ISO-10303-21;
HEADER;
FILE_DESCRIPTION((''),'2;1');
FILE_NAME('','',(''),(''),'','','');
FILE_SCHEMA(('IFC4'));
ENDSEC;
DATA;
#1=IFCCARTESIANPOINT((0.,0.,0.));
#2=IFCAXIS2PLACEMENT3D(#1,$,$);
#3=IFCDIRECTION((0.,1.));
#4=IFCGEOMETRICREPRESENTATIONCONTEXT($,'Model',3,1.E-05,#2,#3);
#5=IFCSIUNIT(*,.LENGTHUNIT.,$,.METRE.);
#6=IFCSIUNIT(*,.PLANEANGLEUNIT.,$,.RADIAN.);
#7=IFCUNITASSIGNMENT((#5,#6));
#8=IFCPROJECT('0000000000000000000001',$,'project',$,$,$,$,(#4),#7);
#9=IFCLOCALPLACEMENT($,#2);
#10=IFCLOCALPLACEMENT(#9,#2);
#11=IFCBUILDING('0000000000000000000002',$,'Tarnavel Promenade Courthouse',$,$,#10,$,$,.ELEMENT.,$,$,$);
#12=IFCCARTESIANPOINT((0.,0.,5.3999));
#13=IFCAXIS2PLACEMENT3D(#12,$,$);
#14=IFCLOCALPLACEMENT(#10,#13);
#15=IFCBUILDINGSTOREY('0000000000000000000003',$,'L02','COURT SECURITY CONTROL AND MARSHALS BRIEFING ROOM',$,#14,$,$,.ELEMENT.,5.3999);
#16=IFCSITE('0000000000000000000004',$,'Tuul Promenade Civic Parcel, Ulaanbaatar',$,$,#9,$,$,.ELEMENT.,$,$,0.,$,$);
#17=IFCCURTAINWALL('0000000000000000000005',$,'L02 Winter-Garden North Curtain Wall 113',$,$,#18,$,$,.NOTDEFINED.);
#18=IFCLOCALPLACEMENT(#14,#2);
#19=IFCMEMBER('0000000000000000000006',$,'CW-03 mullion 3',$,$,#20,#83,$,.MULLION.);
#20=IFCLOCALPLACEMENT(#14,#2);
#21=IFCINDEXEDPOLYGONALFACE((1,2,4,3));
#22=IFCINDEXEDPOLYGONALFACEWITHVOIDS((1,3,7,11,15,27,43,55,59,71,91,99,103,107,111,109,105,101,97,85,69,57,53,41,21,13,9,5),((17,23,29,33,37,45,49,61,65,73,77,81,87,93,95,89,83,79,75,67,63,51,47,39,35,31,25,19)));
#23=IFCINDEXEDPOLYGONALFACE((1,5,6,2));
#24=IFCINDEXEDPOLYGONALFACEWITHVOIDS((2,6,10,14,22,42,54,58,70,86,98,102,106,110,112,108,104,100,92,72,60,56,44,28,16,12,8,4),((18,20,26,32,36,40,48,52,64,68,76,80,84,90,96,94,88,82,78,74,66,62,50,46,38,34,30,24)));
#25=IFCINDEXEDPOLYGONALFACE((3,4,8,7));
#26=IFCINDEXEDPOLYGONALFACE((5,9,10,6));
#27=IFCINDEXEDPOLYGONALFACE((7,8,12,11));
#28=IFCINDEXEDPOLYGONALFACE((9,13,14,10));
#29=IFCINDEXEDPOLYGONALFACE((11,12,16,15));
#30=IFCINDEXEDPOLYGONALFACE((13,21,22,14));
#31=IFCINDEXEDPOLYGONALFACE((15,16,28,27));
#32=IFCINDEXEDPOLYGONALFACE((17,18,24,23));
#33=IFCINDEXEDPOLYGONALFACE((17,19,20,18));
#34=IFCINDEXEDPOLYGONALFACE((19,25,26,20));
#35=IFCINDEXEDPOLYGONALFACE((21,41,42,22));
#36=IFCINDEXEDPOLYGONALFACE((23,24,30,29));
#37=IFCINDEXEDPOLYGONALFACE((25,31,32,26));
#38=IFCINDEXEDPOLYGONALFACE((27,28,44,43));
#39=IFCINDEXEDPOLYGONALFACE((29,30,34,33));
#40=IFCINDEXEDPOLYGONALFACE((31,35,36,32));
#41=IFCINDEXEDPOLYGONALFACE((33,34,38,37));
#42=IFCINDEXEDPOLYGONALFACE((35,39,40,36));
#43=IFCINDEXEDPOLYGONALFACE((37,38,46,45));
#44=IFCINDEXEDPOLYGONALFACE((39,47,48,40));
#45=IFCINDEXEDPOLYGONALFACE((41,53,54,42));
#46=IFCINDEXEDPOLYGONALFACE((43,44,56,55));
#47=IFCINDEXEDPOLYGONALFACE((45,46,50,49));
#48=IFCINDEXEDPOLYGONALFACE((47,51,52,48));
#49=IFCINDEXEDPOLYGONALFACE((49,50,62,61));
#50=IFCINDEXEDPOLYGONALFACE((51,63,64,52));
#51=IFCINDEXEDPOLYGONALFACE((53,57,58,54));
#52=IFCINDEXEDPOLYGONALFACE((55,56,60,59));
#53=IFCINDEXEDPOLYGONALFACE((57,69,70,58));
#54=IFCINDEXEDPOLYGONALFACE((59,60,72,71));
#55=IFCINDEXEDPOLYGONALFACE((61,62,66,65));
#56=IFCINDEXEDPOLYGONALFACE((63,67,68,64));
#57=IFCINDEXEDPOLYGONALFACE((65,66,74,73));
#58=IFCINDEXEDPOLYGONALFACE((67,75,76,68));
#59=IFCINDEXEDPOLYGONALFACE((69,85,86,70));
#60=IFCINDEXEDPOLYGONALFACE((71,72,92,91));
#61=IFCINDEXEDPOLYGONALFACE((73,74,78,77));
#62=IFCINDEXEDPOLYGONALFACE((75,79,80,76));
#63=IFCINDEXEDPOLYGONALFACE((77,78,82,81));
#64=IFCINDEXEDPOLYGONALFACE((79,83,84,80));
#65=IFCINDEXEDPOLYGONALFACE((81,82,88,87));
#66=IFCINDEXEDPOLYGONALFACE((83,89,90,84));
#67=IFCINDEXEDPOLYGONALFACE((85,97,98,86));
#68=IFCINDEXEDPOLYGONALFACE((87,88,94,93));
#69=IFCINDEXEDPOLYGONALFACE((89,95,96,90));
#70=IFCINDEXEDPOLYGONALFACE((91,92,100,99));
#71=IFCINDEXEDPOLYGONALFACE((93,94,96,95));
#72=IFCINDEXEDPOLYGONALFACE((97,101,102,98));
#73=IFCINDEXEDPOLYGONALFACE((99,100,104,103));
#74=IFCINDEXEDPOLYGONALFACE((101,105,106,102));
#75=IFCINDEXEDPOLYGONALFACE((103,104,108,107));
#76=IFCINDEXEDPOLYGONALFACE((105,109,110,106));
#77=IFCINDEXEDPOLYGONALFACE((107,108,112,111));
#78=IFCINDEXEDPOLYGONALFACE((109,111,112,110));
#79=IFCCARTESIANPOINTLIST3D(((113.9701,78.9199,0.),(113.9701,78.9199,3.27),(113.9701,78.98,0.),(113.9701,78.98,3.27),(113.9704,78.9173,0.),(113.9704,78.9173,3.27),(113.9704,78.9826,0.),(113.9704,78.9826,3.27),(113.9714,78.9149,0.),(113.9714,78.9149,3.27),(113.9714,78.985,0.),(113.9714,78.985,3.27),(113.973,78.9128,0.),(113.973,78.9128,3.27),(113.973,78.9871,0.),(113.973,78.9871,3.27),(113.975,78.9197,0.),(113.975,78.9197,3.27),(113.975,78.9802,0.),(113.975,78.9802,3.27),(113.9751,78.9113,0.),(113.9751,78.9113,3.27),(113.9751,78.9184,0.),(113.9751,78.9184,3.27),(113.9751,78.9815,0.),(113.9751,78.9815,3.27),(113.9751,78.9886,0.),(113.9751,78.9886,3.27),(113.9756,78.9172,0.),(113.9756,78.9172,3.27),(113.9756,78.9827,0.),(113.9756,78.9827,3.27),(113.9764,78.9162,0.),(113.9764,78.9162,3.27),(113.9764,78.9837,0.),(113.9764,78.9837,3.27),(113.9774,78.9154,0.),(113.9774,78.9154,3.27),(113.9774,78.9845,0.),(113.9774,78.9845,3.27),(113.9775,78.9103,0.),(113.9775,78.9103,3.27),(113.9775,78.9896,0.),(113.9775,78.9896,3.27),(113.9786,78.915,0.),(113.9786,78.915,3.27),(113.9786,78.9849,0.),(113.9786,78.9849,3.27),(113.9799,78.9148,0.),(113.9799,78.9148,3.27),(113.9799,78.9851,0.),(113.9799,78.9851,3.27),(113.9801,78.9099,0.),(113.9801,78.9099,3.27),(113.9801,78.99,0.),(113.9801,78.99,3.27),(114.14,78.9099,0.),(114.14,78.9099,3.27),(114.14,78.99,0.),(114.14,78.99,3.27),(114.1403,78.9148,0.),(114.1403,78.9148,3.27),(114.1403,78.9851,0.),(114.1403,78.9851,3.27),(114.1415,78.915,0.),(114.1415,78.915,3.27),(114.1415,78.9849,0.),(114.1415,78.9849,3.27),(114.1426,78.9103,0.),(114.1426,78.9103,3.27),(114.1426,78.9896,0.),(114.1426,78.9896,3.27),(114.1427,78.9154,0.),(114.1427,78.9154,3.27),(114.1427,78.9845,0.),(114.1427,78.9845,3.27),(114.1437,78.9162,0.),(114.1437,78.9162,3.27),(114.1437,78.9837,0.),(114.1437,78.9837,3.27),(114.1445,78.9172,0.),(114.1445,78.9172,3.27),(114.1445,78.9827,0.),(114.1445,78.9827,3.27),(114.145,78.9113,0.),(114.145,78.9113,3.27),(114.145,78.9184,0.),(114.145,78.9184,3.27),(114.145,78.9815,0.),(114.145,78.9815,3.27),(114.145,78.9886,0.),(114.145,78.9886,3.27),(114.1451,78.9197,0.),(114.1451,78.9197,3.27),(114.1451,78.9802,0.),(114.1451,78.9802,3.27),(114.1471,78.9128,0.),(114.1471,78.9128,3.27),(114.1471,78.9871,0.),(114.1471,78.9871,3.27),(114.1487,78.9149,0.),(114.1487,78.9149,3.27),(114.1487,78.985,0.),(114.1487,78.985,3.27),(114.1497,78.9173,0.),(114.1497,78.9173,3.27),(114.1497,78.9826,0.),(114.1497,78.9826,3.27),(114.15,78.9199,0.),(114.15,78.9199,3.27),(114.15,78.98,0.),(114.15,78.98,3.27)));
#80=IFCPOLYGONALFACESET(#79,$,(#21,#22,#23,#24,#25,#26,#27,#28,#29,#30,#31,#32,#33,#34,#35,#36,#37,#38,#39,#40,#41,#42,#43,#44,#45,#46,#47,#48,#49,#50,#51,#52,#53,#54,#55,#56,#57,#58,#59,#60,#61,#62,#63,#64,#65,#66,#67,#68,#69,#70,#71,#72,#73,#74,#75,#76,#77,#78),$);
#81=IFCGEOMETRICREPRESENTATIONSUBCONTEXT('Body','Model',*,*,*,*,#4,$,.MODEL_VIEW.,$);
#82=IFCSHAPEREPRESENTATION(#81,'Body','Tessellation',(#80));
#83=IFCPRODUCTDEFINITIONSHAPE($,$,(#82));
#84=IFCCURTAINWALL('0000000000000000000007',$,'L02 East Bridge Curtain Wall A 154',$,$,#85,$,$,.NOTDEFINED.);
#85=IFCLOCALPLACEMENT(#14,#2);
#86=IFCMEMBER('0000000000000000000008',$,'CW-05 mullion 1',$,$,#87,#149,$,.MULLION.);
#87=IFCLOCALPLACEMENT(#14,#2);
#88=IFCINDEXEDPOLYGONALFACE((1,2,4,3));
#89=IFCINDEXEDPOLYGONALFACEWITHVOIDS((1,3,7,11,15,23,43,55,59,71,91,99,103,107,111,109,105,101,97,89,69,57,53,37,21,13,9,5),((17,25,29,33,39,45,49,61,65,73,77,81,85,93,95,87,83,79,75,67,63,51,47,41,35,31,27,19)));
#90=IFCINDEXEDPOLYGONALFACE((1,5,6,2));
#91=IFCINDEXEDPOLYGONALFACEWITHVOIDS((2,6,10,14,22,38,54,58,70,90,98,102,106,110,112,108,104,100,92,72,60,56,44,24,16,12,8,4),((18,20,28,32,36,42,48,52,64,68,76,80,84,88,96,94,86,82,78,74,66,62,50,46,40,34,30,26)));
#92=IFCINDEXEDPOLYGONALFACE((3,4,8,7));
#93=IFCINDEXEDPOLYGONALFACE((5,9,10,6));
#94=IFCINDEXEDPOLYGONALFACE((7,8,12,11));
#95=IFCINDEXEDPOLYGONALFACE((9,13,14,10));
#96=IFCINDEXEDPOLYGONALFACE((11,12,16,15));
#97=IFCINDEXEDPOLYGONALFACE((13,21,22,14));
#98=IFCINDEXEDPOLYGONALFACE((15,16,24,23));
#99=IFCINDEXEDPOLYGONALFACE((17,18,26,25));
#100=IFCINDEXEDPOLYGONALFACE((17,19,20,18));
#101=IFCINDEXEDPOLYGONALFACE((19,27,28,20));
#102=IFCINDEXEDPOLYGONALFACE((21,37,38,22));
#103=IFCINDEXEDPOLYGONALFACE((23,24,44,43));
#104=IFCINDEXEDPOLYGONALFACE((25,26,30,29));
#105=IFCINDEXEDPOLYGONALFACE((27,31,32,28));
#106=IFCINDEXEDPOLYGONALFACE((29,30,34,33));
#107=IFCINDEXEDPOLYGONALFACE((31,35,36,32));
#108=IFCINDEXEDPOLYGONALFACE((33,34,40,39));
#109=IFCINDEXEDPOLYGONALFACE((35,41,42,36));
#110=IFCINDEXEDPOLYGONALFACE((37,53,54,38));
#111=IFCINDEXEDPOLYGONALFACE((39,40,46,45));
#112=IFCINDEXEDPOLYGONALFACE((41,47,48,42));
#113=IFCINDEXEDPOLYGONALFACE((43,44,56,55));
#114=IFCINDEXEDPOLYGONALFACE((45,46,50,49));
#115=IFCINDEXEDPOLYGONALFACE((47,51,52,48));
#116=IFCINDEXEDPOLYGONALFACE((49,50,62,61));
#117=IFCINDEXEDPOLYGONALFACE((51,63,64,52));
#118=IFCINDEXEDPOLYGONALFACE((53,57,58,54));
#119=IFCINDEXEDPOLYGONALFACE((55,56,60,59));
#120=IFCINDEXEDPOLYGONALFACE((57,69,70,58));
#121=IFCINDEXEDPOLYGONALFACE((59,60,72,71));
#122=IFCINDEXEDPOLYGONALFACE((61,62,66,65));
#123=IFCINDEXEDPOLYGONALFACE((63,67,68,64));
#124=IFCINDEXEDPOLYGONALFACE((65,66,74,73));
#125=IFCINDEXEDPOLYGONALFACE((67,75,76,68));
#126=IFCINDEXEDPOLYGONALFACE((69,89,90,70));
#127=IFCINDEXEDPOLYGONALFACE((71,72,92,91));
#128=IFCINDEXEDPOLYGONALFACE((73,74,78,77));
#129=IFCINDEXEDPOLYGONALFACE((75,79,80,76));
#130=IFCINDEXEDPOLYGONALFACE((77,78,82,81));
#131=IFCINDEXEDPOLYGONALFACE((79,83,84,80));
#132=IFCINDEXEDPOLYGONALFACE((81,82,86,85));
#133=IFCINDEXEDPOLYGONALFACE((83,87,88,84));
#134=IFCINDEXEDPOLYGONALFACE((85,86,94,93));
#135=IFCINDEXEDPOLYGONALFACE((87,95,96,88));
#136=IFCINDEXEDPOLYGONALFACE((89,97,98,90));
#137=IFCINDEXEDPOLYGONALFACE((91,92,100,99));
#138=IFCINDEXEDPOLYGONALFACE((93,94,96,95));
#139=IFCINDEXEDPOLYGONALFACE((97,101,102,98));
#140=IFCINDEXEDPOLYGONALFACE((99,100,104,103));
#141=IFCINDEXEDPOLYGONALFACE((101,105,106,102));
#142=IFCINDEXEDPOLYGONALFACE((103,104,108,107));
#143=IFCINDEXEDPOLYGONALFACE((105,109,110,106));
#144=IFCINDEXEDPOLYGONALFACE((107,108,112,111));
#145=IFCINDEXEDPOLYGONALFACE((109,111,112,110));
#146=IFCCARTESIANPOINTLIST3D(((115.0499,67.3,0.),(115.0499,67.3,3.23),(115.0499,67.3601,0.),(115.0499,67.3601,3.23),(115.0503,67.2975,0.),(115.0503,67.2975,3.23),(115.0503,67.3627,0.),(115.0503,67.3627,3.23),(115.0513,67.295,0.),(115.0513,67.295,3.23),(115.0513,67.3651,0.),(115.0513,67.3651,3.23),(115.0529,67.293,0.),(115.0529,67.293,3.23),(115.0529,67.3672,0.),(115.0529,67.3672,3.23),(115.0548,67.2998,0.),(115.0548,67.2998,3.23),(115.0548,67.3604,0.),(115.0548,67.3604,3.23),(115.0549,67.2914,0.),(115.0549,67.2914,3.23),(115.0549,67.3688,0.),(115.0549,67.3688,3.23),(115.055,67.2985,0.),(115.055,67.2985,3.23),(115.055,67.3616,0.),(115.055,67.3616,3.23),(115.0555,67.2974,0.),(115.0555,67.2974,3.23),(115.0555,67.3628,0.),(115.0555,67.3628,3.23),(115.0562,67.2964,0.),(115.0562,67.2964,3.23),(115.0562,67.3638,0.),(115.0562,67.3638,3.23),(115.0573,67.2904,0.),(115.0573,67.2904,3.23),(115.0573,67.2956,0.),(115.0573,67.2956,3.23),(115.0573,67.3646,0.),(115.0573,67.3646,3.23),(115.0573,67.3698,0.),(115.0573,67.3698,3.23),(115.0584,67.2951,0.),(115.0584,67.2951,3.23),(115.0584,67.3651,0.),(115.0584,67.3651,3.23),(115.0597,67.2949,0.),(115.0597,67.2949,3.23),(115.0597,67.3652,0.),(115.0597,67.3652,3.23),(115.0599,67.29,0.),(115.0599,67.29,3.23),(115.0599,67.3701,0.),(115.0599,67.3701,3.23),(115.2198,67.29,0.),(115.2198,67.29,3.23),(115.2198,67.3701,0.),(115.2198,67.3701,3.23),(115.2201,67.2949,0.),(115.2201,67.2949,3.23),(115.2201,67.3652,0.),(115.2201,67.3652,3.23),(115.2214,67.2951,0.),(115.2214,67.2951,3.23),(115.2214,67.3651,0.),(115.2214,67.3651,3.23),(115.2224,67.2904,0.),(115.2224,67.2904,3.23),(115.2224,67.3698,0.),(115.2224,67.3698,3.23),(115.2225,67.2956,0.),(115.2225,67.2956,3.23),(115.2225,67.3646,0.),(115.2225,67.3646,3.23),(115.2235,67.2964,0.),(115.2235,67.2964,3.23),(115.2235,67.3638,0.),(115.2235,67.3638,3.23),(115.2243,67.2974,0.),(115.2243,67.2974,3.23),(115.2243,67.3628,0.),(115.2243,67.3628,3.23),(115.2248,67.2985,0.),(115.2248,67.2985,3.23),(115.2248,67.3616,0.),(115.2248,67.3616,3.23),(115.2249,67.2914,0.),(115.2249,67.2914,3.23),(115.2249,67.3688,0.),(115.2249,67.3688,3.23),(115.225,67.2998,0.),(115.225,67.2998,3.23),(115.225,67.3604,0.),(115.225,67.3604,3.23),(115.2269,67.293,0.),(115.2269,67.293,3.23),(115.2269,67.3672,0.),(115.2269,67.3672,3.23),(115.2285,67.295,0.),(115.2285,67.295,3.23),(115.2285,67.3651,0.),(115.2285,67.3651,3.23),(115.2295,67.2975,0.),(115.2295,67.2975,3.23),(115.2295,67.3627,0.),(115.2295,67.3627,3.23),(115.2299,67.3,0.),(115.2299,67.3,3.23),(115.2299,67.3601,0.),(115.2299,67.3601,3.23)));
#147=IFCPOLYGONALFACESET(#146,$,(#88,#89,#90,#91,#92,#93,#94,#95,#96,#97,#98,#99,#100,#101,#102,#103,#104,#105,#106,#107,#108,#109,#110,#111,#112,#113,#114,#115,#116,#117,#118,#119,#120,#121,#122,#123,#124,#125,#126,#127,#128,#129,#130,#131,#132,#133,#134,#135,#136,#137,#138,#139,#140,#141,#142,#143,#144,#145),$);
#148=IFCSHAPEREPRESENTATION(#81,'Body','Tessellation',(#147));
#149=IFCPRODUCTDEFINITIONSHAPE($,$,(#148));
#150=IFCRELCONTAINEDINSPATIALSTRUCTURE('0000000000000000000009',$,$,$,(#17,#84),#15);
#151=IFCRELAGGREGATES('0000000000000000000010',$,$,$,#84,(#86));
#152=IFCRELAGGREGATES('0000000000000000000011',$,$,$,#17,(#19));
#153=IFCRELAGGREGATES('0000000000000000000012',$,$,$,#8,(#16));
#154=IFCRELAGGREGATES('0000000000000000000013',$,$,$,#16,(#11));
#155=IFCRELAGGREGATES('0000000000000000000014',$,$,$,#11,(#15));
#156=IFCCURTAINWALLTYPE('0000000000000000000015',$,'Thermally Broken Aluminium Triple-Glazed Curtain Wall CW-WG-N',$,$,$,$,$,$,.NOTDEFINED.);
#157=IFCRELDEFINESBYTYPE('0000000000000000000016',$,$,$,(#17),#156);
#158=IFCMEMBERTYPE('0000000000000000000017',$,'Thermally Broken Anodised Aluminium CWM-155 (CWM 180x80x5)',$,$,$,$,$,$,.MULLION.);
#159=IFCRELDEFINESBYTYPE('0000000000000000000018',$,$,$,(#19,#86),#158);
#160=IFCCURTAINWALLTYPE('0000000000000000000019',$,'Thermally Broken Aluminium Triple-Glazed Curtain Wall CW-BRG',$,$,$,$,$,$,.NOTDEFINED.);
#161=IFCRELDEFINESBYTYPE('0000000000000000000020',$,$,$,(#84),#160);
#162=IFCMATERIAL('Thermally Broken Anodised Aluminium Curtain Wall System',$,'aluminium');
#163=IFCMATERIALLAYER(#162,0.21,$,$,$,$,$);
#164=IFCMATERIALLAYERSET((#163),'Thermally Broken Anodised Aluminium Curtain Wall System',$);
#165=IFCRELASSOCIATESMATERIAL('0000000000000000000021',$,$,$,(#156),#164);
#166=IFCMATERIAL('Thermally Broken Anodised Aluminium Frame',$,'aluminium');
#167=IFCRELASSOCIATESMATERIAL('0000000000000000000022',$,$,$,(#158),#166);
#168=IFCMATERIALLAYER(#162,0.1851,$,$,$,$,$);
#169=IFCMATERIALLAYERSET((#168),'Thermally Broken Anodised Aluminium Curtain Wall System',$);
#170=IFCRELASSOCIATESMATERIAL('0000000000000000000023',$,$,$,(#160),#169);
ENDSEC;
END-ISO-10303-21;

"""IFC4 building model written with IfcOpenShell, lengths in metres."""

from ifc_helpers import new_model, si_unit, direction, frame, origin, origin_2d, place, context, subcontext, project, spatial, hollow_rectangle, extrude, material, layer, layer_set, material_profile, profile_set, type_object, element, aggregate, save


model = new_model("IFC4")

# Units and contexts
model_context = context("Model", 3, precision=1e-05, world=origin(), true_north=direction((0.0, 1.0)))
body_context = subcontext(model_context, "Body", "Model", "MODEL_VIEW")
ifc_project = project(units=[si_unit("LENGTHUNIT", "METRE"), si_unit("PLANEANGLEUNIT", "RADIAN")], contexts=[model_context])

# Site, building, storey
site_placement = place(None, origin())
site = spatial("IfcSite", under=ifc_project, at=site_placement, Name="Tuul Promenade Civic Parcel, Ulaanbaatar", CompositionType="ELEMENT", RefElevation=0.0)
building_placement = place(site_placement, origin())
building = spatial("IfcBuilding", under=site, at=building_placement, Name="Tarnavel Promenade Courthouse", CompositionType="ELEMENT")
storey_placement = place(building_placement, frame((0.0, 0.0, 5.3999)))
storey = spatial("IfcBuildingStorey", under=building, at=storey_placement, Name="L02", Description="COURT SECURITY CONTROL AND MARSHALS BRIEFING ROOM", CompositionType="ELEMENT", Elevation=5.3999)

# Curtain wall, member
ifc_material_1 = material(Name="Thermally Broken Anodised Aluminium Curtain Wall System", Category="aluminium")
ifc_layer_1 = layer(ifc_material_1, 0.21)
ifc_layer_set_1 = layer_set([ifc_layer_1], Name="Thermally Broken Anodised Aluminium Curtain Wall System")
curtain_wall_type_1 = type_object("IfcCurtainWallType", Name="Thermally Broken Aluminium Triple-Glazed Curtain Wall CW-WG-N", PredefinedType="NOTDEFINED", material=ifc_layer_set_1)
ifc_material_2 = material(Name="Thermally Broken Anodised Aluminium Frame", Category="aluminium")
ifc_material_profile_1 = material_profile(ifc_material_2, hollow_rectangle(XDim=0.0801, YDim=0.1799, WallThickness=0.0049, InnerFilletRadius=0.0049, OuterFilletRadius=0.01, at=origin_2d()), Name="CWM 180x80x5")
ifc_profile_set_1 = profile_set([ifc_material_profile_1], Name="Thermally Broken Anodised Aluminium Frame")
member_type_1 = type_object("IfcMemberType", Name="Thermally Broken Anodised Aluminium CWM-155 (CWM 180x80x5)", PredefinedType="MULLION", material=ifc_profile_set_1)
curtain_wall_1_placement = place(storey_placement, origin())
curtain_wall_1 = element("IfcCurtainWall", 1, at=curtain_wall_1_placement, inside=storey, type_object=curtain_wall_type_1, Name="L02 Winter-Garden North Curtain Wall 113", PredefinedType="NOTDEFINED")
member_1_placement = place(storey_placement, frame((114.0601, 78.95, 0.0), z_axis=(0.0, 0.0, 1.0), x_axis=(0.0, 1.0, 0.0)))
member_1 = element("IfcMember", 2, at=member_1_placement, type_object=member_type_1, Name="CW-03 mullion 3", PredefinedType="MULLION", context=body_context, shape_type="SweptSolid", body=[
    extrude(hollow_rectangle(XDim=0.0801, YDim=0.1799, WallThickness=0.0049, InnerFilletRadius=0.0049, OuterFilletRadius=0.01, at=origin_2d()), origin(), (0.0, 0.0, 1.0), 3.27),
])

# Curtain wall, member
ifc_layer_2 = layer(ifc_material_1, 0.1851)
ifc_layer_set_2 = layer_set([ifc_layer_2], Name="Thermally Broken Anodised Aluminium Curtain Wall System")
curtain_wall_type_2 = type_object("IfcCurtainWallType", Name="Thermally Broken Aluminium Triple-Glazed Curtain Wall CW-BRG", PredefinedType="NOTDEFINED", material=ifc_layer_set_2)
curtain_wall_2_placement = place(storey_placement, origin())
curtain_wall_2 = element("IfcCurtainWall", 3, at=curtain_wall_2_placement, inside=storey, type_object=curtain_wall_type_2, Name="L02 East Bridge Curtain Wall A 154", PredefinedType="NOTDEFINED")
member_2_placement = place(storey_placement, frame((115.1399, 67.3301, 0.0), z_axis=(0.0, 0.0, 1.0), x_axis=(0.0, 1.0, 0.0)))
member_2 = element("IfcMember", 4, at=member_2_placement, type_object=member_type_1, Name="CW-05 mullion 1", PredefinedType="MULLION", context=body_context, shape_type="SweptSolid", body=[
    extrude(hollow_rectangle(XDim=0.0801, YDim=0.1799, WallThickness=0.0049, InnerFilletRadius=0.0049, OuterFilletRadius=0.01, at=origin_2d()), origin(), (0.0, 0.0, 1.0), 3.23),
])
aggregate(curtain_wall_2, [member_2])

aggregate(curtain_wall_1, [member_1])

save(model, "model.ifc")
